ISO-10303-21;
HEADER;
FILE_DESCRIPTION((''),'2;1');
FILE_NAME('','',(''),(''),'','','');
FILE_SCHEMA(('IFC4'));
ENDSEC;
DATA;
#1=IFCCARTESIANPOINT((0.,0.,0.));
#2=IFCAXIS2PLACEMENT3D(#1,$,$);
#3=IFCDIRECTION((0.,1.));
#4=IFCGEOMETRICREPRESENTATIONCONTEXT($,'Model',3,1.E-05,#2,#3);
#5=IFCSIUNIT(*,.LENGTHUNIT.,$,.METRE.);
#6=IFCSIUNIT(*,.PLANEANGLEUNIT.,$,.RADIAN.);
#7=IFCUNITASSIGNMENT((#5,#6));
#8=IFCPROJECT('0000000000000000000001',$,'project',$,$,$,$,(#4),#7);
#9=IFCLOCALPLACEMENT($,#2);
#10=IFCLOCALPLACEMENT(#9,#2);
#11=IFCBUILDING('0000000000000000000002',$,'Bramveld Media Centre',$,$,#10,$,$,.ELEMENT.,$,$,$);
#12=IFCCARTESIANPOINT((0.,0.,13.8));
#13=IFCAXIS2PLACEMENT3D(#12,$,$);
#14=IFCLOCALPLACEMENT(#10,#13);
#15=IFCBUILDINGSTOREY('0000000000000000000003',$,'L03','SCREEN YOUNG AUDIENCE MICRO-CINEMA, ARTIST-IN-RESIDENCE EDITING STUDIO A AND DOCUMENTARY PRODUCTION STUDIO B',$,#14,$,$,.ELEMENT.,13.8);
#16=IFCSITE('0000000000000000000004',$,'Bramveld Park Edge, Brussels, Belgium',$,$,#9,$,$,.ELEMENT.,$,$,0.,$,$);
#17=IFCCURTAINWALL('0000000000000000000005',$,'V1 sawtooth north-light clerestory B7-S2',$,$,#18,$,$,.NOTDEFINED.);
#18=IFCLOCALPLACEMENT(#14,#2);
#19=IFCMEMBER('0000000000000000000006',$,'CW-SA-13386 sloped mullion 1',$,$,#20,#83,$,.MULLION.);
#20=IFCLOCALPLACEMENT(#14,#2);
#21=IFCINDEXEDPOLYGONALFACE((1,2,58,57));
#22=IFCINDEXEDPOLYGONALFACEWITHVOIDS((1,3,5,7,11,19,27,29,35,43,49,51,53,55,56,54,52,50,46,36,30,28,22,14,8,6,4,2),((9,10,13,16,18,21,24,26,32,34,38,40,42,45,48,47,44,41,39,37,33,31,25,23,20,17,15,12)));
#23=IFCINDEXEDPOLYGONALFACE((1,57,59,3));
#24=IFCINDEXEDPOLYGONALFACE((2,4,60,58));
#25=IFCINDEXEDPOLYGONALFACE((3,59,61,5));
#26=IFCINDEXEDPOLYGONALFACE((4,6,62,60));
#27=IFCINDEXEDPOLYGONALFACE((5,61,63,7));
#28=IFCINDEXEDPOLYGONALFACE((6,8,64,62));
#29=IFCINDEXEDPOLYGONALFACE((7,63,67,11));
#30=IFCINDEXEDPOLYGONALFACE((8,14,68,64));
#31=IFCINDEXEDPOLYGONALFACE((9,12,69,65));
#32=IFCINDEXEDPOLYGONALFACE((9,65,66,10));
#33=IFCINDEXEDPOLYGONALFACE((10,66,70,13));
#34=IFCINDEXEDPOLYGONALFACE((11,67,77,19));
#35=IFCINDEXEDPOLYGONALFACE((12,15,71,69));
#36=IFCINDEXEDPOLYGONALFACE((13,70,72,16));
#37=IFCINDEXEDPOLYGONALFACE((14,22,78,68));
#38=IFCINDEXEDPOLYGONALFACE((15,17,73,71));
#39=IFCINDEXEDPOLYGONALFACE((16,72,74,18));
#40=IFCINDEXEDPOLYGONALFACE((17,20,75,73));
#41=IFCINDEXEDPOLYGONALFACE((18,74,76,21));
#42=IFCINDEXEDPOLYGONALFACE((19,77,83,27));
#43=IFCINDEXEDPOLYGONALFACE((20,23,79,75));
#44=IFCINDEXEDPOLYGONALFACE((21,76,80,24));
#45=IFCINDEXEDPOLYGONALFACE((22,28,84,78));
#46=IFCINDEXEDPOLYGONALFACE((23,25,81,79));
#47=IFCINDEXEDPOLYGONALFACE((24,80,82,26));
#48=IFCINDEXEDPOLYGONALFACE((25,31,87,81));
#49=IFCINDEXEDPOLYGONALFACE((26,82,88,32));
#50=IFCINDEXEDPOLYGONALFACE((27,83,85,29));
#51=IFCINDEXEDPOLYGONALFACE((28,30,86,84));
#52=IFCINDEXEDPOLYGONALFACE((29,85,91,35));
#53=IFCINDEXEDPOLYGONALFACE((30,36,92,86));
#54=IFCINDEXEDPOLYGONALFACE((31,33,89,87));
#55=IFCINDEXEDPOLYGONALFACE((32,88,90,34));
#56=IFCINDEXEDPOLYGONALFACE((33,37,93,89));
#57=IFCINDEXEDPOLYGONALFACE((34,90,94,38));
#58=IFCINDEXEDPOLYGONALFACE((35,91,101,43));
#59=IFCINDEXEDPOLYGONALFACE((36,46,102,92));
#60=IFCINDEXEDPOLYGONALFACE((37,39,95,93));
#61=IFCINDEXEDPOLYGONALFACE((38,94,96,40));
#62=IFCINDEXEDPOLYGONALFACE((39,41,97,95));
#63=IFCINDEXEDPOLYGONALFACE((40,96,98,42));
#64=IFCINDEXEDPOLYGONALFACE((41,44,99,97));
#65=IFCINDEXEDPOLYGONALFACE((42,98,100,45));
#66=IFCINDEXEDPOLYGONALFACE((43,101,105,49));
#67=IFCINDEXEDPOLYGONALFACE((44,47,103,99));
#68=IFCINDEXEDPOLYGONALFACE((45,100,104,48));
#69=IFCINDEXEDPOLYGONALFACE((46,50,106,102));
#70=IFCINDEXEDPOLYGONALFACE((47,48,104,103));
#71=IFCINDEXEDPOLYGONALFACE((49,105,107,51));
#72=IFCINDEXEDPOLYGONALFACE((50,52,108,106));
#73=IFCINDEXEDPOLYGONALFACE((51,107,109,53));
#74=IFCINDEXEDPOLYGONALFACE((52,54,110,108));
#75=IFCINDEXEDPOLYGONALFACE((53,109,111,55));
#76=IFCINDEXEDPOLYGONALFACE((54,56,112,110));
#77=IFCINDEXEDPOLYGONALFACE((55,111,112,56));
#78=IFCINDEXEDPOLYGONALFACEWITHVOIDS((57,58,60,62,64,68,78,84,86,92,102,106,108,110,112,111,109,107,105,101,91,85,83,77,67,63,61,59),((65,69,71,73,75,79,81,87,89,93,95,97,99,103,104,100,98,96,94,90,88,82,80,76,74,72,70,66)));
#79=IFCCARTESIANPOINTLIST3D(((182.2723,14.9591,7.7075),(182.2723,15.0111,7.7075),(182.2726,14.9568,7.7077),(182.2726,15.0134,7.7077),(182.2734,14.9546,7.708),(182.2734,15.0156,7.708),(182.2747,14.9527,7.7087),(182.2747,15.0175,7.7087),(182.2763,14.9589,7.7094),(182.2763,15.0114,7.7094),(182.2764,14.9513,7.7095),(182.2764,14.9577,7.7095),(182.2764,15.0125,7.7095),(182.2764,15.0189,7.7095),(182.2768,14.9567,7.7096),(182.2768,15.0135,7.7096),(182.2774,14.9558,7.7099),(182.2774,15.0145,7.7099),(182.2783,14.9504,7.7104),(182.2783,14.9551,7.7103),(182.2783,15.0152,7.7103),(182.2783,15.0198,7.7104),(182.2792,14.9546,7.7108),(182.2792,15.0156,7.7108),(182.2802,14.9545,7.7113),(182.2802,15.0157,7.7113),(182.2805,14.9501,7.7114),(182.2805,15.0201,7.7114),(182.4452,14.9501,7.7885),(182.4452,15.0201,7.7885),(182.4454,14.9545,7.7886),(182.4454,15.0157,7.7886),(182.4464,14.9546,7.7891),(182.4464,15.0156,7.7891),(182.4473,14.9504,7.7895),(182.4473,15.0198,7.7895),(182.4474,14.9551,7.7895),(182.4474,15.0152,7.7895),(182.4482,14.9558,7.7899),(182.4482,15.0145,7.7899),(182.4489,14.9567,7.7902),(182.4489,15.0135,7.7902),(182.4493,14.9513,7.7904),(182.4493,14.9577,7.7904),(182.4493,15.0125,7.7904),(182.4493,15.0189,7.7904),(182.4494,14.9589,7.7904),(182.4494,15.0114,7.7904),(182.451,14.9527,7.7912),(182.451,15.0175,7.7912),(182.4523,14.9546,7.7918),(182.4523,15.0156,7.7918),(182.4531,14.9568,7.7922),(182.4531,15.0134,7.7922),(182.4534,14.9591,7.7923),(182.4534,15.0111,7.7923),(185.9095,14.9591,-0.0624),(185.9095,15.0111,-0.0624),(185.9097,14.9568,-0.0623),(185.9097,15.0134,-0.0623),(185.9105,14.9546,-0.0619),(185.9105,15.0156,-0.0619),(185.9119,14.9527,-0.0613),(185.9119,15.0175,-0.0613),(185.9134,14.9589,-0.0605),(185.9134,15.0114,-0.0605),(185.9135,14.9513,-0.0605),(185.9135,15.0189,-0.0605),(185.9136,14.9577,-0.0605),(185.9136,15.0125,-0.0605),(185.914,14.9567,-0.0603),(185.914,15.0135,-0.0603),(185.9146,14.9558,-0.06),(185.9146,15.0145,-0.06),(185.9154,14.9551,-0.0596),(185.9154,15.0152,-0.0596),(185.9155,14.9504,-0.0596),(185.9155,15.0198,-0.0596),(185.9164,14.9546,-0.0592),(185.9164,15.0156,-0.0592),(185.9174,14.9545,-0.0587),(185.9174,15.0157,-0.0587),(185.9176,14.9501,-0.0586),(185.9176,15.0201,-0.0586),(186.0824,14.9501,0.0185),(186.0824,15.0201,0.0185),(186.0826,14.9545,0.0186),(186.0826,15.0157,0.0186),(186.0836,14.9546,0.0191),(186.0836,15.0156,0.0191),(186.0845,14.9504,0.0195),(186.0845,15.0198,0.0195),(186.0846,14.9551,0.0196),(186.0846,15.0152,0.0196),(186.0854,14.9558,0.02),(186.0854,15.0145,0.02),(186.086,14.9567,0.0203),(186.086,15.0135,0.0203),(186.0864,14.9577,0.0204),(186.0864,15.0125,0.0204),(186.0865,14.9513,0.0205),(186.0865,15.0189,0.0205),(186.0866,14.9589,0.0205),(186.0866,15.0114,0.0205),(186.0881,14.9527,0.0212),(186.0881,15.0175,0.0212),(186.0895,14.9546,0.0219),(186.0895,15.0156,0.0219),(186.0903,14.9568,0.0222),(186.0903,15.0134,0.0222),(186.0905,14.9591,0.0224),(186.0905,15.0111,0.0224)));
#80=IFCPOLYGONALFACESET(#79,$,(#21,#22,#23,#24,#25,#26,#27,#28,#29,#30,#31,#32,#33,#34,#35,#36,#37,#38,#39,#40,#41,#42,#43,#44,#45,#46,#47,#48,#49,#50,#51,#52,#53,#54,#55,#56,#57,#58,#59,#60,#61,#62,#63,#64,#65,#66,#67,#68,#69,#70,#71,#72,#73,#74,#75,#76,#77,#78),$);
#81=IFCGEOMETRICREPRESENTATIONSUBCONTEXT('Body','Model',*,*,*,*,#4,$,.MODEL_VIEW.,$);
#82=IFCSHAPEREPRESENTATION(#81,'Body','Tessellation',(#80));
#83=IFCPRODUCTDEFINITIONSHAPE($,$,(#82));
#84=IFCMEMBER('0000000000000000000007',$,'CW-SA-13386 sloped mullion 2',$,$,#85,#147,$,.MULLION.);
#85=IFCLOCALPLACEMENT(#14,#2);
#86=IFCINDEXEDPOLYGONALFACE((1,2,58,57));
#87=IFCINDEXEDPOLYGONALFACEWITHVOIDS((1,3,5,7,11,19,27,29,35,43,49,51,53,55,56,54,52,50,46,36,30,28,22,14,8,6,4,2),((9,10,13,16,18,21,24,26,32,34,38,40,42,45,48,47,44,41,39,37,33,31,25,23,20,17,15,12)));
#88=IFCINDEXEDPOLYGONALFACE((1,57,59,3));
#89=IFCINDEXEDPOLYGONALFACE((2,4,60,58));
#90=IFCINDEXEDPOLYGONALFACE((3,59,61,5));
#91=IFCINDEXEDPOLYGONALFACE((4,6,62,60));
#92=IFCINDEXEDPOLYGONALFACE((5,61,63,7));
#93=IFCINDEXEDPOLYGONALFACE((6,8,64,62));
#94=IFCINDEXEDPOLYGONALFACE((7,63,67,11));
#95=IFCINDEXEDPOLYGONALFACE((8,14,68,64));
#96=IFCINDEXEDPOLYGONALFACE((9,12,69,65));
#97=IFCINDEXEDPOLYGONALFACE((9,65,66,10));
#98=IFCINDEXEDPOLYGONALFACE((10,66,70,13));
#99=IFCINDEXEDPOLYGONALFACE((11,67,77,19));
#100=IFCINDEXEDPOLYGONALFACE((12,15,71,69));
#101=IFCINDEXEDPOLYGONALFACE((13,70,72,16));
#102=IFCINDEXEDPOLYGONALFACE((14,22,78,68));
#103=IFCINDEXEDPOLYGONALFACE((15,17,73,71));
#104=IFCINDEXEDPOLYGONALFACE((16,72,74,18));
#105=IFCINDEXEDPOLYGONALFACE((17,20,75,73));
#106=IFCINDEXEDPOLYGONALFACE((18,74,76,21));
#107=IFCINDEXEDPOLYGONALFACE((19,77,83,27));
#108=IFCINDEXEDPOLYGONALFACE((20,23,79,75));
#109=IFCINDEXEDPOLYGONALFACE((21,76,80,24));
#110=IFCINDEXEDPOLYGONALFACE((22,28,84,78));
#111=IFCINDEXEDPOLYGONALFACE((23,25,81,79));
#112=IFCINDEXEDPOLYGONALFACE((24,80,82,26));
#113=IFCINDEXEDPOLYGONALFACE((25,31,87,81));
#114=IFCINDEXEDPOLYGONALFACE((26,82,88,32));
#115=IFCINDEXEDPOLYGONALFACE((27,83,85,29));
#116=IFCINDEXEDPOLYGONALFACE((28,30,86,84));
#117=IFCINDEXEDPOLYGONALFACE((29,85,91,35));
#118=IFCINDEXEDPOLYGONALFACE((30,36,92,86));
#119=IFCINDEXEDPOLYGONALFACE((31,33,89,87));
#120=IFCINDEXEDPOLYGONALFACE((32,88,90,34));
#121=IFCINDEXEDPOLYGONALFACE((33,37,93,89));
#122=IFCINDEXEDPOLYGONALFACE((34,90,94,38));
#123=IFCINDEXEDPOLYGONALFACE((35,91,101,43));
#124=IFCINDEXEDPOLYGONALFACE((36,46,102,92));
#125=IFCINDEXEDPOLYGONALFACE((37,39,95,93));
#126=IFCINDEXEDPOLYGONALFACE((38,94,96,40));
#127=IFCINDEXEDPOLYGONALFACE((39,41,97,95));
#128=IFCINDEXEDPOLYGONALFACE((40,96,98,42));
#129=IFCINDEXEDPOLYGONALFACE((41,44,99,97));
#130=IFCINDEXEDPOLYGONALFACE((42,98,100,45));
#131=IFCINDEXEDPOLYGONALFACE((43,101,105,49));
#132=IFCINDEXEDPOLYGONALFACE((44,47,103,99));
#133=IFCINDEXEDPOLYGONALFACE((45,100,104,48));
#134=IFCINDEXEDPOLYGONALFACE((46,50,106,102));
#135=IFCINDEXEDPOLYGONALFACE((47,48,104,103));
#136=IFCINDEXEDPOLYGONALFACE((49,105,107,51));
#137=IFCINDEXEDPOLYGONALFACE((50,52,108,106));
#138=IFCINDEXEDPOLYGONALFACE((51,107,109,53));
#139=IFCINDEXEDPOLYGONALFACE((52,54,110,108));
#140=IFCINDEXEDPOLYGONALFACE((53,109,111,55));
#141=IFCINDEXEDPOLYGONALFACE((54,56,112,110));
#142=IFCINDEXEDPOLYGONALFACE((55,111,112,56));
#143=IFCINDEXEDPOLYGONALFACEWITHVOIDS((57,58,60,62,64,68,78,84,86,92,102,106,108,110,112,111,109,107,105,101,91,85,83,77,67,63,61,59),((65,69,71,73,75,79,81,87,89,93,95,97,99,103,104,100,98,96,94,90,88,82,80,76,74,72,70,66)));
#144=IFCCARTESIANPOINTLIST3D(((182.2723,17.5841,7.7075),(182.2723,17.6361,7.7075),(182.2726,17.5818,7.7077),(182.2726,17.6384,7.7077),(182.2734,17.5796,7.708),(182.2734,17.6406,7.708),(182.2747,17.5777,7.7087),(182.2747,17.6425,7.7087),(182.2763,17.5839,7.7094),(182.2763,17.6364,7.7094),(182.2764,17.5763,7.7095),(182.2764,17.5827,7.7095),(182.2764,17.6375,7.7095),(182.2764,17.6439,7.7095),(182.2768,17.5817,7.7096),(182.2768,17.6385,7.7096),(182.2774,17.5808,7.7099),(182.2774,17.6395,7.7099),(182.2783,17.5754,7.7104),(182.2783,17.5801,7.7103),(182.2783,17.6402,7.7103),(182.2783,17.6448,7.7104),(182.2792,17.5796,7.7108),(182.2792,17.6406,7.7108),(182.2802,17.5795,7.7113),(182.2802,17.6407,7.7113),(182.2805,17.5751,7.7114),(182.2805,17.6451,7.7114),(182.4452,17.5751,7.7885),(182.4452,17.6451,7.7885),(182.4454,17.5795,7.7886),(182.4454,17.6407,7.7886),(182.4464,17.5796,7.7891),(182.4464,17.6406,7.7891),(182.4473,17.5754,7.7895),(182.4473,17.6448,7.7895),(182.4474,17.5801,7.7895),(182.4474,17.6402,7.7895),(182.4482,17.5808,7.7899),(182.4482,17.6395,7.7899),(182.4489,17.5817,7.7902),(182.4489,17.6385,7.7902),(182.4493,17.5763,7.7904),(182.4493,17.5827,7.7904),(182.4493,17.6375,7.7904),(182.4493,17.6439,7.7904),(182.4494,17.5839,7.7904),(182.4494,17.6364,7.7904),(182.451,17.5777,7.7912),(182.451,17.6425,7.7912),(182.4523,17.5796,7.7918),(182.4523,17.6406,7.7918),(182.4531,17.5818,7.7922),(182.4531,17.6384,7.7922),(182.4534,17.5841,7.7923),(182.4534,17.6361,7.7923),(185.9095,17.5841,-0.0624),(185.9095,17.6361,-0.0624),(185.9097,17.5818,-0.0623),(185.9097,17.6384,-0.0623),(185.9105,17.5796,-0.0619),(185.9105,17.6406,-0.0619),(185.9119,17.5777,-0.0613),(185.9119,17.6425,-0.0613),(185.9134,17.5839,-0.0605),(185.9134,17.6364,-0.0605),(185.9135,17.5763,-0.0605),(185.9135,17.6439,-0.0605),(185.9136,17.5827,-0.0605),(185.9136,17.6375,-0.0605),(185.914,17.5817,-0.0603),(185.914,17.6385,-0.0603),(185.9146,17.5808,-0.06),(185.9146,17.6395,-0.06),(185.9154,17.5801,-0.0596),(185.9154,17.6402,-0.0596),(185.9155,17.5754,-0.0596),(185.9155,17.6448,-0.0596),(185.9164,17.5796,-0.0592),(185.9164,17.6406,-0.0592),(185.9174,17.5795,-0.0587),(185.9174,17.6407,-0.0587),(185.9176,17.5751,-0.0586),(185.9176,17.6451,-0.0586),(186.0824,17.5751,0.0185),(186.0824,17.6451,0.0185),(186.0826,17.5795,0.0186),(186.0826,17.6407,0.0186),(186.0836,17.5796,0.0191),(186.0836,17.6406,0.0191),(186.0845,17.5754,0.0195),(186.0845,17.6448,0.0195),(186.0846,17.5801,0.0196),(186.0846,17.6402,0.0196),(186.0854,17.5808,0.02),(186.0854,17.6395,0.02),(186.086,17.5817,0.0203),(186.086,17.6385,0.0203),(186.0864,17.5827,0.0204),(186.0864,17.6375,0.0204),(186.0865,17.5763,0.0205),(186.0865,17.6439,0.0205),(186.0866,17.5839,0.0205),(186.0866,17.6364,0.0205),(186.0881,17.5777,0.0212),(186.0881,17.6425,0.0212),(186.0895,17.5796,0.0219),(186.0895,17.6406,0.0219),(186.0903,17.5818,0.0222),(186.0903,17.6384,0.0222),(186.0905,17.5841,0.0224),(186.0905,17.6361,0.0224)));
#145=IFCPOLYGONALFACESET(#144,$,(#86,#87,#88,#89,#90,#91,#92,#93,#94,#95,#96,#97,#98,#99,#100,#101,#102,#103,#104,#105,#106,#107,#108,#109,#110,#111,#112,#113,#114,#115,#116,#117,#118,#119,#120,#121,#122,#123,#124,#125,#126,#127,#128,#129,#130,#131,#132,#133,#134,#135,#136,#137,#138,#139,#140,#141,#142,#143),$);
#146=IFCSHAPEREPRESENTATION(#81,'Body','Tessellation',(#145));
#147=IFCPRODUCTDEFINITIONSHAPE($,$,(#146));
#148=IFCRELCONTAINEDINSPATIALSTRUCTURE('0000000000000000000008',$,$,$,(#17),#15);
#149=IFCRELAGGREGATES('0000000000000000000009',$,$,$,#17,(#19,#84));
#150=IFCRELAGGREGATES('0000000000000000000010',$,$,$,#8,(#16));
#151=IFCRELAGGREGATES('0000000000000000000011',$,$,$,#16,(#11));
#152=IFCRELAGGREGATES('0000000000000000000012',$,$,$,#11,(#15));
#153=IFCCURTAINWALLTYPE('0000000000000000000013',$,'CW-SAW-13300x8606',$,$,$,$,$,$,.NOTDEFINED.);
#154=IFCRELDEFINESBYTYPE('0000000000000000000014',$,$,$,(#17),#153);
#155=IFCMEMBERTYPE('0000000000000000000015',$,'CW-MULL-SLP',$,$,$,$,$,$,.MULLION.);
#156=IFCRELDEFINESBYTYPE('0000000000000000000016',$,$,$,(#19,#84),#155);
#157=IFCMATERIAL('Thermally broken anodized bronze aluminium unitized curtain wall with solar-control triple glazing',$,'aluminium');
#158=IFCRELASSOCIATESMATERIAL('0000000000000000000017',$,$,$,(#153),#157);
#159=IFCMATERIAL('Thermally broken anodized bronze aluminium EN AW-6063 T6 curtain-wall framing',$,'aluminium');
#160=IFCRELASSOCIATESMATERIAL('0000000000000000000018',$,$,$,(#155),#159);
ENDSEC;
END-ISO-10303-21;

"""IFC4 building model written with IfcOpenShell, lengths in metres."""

from ifc_helpers import new_model, si_unit, direction, frame, origin, origin_2d, place, context, subcontext, project, spatial, hollow_rectangle, extrude, material, material_profile, profile_set, type_object, element, aggregate, save


model = new_model("IFC4")

# Units and contexts
model_context = context("Model", 3, precision=1e-05, world=origin(), true_north=direction((0.0, 1.0)))
body_context = subcontext(model_context, "Body", "Model", "MODEL_VIEW")
ifc_project = project(units=[si_unit("LENGTHUNIT", "METRE"), si_unit("PLANEANGLEUNIT", "RADIAN")], contexts=[model_context])

# Site, building, storey
site_placement = place(None, origin())
site = spatial("IfcSite", under=ifc_project, at=site_placement, Name="Bramveld Park Edge, Brussels, Belgium", CompositionType="ELEMENT", RefElevation=0.0)
building_placement = place(site_placement, origin())
building = spatial("IfcBuilding", under=site, at=building_placement, Name="Bramveld Media Centre", CompositionType="ELEMENT")
storey_placement = place(building_placement, frame((0.0, 0.0, 13.8)))
storey = spatial("IfcBuildingStorey", under=building, at=storey_placement, Name="L03", Description="SCREEN YOUNG AUDIENCE MICRO-CINEMA, ARTIST-IN-RESIDENCE EDITING STUDIO A AND DOCUMENTARY PRODUCTION STUDIO B", CompositionType="ELEMENT", Elevation=13.8)

# Curtain wall, members
ifc_material_1 = material(Name="Thermally broken anodized bronze aluminium unitized curtain wall with solar-control triple glazing", Category="aluminium")
curtain_wall_type = type_object("IfcCurtainWallType", Name="CW-SAW-13300x8606", PredefinedType="NOTDEFINED", material=ifc_material_1)
ifc_material_2 = material(Name="Thermally broken anodized bronze aluminium EN AW-6063 T6 curtain-wall framing", Category="aluminium")
ifc_material_profile_1 = material_profile(ifc_material_2, hollow_rectangle(XDim=0.0701, YDim=0.2, WallThickness=0.0044, InnerFilletRadius=0.0044, OuterFilletRadius=0.009, at=origin_2d()), Name="AL-MULL 70x200")
ifc_profile_set_1 = profile_set([ifc_material_profile_1], Name="Thermally broken anodized bronze aluminium EN AW-6063 T6 curtain-wall framing")
member_type_1 = type_object("IfcMemberType", Name="CW-MULL-SLP", PredefinedType="MULLION", material=ifc_profile_set_1)
curtain_wall_1_placement = place(storey_placement, origin())
curtain_wall_1 = element("IfcCurtainWall", 1, at=curtain_wall_1_placement, inside=storey, type_object=curtain_wall_type, Name="V1 sawtooth north-light clerestory B7-S2", PredefinedType="NOTDEFINED")
member_1_placement = place(storey_placement, frame((186.0, 14.9851, -0.02), z_axis=(-0.423957, 0.0, 0.905682), x_axis=(0.0, -1.0, 0.0)))
member_1 = element("IfcMember", 2, at=member_1_placement, type_object=member_type_1, Name="CW-SA-13386 sloped mullion 1", PredefinedType="MULLION", context=body_context, shape_type="SweptSolid", body=[
    extrude(hollow_rectangle(XDim=0.0701, YDim=0.2, WallThickness=0.0044, InnerFilletRadius=0.0044, OuterFilletRadius=0.009, at=origin_2d()), origin(), (0.0, 0.0, 1.0), 8.5791),
])
member_2_placement = place(storey_placement, frame((186.0, 17.6101, -0.02), z_axis=(-0.423957, 0.0, 0.905682), x_axis=(0.0, -1.0, 0.0)))
member_2 = element("IfcMember", 3, at=member_2_placement, type_object=member_type_1, Name="CW-SA-13386 sloped mullion 2", PredefinedType="MULLION", context=body_context, shape_type="SweptSolid", body=[
    extrude(hollow_rectangle(XDim=0.0701, YDim=0.2, WallThickness=0.0044, InnerFilletRadius=0.0044, OuterFilletRadius=0.009, at=origin_2d()), origin(), (0.0, 0.0, 1.0), 8.5791),
])

aggregate(curtain_wall_1, [member_1, member_2])

save(model, "model.ifc")
